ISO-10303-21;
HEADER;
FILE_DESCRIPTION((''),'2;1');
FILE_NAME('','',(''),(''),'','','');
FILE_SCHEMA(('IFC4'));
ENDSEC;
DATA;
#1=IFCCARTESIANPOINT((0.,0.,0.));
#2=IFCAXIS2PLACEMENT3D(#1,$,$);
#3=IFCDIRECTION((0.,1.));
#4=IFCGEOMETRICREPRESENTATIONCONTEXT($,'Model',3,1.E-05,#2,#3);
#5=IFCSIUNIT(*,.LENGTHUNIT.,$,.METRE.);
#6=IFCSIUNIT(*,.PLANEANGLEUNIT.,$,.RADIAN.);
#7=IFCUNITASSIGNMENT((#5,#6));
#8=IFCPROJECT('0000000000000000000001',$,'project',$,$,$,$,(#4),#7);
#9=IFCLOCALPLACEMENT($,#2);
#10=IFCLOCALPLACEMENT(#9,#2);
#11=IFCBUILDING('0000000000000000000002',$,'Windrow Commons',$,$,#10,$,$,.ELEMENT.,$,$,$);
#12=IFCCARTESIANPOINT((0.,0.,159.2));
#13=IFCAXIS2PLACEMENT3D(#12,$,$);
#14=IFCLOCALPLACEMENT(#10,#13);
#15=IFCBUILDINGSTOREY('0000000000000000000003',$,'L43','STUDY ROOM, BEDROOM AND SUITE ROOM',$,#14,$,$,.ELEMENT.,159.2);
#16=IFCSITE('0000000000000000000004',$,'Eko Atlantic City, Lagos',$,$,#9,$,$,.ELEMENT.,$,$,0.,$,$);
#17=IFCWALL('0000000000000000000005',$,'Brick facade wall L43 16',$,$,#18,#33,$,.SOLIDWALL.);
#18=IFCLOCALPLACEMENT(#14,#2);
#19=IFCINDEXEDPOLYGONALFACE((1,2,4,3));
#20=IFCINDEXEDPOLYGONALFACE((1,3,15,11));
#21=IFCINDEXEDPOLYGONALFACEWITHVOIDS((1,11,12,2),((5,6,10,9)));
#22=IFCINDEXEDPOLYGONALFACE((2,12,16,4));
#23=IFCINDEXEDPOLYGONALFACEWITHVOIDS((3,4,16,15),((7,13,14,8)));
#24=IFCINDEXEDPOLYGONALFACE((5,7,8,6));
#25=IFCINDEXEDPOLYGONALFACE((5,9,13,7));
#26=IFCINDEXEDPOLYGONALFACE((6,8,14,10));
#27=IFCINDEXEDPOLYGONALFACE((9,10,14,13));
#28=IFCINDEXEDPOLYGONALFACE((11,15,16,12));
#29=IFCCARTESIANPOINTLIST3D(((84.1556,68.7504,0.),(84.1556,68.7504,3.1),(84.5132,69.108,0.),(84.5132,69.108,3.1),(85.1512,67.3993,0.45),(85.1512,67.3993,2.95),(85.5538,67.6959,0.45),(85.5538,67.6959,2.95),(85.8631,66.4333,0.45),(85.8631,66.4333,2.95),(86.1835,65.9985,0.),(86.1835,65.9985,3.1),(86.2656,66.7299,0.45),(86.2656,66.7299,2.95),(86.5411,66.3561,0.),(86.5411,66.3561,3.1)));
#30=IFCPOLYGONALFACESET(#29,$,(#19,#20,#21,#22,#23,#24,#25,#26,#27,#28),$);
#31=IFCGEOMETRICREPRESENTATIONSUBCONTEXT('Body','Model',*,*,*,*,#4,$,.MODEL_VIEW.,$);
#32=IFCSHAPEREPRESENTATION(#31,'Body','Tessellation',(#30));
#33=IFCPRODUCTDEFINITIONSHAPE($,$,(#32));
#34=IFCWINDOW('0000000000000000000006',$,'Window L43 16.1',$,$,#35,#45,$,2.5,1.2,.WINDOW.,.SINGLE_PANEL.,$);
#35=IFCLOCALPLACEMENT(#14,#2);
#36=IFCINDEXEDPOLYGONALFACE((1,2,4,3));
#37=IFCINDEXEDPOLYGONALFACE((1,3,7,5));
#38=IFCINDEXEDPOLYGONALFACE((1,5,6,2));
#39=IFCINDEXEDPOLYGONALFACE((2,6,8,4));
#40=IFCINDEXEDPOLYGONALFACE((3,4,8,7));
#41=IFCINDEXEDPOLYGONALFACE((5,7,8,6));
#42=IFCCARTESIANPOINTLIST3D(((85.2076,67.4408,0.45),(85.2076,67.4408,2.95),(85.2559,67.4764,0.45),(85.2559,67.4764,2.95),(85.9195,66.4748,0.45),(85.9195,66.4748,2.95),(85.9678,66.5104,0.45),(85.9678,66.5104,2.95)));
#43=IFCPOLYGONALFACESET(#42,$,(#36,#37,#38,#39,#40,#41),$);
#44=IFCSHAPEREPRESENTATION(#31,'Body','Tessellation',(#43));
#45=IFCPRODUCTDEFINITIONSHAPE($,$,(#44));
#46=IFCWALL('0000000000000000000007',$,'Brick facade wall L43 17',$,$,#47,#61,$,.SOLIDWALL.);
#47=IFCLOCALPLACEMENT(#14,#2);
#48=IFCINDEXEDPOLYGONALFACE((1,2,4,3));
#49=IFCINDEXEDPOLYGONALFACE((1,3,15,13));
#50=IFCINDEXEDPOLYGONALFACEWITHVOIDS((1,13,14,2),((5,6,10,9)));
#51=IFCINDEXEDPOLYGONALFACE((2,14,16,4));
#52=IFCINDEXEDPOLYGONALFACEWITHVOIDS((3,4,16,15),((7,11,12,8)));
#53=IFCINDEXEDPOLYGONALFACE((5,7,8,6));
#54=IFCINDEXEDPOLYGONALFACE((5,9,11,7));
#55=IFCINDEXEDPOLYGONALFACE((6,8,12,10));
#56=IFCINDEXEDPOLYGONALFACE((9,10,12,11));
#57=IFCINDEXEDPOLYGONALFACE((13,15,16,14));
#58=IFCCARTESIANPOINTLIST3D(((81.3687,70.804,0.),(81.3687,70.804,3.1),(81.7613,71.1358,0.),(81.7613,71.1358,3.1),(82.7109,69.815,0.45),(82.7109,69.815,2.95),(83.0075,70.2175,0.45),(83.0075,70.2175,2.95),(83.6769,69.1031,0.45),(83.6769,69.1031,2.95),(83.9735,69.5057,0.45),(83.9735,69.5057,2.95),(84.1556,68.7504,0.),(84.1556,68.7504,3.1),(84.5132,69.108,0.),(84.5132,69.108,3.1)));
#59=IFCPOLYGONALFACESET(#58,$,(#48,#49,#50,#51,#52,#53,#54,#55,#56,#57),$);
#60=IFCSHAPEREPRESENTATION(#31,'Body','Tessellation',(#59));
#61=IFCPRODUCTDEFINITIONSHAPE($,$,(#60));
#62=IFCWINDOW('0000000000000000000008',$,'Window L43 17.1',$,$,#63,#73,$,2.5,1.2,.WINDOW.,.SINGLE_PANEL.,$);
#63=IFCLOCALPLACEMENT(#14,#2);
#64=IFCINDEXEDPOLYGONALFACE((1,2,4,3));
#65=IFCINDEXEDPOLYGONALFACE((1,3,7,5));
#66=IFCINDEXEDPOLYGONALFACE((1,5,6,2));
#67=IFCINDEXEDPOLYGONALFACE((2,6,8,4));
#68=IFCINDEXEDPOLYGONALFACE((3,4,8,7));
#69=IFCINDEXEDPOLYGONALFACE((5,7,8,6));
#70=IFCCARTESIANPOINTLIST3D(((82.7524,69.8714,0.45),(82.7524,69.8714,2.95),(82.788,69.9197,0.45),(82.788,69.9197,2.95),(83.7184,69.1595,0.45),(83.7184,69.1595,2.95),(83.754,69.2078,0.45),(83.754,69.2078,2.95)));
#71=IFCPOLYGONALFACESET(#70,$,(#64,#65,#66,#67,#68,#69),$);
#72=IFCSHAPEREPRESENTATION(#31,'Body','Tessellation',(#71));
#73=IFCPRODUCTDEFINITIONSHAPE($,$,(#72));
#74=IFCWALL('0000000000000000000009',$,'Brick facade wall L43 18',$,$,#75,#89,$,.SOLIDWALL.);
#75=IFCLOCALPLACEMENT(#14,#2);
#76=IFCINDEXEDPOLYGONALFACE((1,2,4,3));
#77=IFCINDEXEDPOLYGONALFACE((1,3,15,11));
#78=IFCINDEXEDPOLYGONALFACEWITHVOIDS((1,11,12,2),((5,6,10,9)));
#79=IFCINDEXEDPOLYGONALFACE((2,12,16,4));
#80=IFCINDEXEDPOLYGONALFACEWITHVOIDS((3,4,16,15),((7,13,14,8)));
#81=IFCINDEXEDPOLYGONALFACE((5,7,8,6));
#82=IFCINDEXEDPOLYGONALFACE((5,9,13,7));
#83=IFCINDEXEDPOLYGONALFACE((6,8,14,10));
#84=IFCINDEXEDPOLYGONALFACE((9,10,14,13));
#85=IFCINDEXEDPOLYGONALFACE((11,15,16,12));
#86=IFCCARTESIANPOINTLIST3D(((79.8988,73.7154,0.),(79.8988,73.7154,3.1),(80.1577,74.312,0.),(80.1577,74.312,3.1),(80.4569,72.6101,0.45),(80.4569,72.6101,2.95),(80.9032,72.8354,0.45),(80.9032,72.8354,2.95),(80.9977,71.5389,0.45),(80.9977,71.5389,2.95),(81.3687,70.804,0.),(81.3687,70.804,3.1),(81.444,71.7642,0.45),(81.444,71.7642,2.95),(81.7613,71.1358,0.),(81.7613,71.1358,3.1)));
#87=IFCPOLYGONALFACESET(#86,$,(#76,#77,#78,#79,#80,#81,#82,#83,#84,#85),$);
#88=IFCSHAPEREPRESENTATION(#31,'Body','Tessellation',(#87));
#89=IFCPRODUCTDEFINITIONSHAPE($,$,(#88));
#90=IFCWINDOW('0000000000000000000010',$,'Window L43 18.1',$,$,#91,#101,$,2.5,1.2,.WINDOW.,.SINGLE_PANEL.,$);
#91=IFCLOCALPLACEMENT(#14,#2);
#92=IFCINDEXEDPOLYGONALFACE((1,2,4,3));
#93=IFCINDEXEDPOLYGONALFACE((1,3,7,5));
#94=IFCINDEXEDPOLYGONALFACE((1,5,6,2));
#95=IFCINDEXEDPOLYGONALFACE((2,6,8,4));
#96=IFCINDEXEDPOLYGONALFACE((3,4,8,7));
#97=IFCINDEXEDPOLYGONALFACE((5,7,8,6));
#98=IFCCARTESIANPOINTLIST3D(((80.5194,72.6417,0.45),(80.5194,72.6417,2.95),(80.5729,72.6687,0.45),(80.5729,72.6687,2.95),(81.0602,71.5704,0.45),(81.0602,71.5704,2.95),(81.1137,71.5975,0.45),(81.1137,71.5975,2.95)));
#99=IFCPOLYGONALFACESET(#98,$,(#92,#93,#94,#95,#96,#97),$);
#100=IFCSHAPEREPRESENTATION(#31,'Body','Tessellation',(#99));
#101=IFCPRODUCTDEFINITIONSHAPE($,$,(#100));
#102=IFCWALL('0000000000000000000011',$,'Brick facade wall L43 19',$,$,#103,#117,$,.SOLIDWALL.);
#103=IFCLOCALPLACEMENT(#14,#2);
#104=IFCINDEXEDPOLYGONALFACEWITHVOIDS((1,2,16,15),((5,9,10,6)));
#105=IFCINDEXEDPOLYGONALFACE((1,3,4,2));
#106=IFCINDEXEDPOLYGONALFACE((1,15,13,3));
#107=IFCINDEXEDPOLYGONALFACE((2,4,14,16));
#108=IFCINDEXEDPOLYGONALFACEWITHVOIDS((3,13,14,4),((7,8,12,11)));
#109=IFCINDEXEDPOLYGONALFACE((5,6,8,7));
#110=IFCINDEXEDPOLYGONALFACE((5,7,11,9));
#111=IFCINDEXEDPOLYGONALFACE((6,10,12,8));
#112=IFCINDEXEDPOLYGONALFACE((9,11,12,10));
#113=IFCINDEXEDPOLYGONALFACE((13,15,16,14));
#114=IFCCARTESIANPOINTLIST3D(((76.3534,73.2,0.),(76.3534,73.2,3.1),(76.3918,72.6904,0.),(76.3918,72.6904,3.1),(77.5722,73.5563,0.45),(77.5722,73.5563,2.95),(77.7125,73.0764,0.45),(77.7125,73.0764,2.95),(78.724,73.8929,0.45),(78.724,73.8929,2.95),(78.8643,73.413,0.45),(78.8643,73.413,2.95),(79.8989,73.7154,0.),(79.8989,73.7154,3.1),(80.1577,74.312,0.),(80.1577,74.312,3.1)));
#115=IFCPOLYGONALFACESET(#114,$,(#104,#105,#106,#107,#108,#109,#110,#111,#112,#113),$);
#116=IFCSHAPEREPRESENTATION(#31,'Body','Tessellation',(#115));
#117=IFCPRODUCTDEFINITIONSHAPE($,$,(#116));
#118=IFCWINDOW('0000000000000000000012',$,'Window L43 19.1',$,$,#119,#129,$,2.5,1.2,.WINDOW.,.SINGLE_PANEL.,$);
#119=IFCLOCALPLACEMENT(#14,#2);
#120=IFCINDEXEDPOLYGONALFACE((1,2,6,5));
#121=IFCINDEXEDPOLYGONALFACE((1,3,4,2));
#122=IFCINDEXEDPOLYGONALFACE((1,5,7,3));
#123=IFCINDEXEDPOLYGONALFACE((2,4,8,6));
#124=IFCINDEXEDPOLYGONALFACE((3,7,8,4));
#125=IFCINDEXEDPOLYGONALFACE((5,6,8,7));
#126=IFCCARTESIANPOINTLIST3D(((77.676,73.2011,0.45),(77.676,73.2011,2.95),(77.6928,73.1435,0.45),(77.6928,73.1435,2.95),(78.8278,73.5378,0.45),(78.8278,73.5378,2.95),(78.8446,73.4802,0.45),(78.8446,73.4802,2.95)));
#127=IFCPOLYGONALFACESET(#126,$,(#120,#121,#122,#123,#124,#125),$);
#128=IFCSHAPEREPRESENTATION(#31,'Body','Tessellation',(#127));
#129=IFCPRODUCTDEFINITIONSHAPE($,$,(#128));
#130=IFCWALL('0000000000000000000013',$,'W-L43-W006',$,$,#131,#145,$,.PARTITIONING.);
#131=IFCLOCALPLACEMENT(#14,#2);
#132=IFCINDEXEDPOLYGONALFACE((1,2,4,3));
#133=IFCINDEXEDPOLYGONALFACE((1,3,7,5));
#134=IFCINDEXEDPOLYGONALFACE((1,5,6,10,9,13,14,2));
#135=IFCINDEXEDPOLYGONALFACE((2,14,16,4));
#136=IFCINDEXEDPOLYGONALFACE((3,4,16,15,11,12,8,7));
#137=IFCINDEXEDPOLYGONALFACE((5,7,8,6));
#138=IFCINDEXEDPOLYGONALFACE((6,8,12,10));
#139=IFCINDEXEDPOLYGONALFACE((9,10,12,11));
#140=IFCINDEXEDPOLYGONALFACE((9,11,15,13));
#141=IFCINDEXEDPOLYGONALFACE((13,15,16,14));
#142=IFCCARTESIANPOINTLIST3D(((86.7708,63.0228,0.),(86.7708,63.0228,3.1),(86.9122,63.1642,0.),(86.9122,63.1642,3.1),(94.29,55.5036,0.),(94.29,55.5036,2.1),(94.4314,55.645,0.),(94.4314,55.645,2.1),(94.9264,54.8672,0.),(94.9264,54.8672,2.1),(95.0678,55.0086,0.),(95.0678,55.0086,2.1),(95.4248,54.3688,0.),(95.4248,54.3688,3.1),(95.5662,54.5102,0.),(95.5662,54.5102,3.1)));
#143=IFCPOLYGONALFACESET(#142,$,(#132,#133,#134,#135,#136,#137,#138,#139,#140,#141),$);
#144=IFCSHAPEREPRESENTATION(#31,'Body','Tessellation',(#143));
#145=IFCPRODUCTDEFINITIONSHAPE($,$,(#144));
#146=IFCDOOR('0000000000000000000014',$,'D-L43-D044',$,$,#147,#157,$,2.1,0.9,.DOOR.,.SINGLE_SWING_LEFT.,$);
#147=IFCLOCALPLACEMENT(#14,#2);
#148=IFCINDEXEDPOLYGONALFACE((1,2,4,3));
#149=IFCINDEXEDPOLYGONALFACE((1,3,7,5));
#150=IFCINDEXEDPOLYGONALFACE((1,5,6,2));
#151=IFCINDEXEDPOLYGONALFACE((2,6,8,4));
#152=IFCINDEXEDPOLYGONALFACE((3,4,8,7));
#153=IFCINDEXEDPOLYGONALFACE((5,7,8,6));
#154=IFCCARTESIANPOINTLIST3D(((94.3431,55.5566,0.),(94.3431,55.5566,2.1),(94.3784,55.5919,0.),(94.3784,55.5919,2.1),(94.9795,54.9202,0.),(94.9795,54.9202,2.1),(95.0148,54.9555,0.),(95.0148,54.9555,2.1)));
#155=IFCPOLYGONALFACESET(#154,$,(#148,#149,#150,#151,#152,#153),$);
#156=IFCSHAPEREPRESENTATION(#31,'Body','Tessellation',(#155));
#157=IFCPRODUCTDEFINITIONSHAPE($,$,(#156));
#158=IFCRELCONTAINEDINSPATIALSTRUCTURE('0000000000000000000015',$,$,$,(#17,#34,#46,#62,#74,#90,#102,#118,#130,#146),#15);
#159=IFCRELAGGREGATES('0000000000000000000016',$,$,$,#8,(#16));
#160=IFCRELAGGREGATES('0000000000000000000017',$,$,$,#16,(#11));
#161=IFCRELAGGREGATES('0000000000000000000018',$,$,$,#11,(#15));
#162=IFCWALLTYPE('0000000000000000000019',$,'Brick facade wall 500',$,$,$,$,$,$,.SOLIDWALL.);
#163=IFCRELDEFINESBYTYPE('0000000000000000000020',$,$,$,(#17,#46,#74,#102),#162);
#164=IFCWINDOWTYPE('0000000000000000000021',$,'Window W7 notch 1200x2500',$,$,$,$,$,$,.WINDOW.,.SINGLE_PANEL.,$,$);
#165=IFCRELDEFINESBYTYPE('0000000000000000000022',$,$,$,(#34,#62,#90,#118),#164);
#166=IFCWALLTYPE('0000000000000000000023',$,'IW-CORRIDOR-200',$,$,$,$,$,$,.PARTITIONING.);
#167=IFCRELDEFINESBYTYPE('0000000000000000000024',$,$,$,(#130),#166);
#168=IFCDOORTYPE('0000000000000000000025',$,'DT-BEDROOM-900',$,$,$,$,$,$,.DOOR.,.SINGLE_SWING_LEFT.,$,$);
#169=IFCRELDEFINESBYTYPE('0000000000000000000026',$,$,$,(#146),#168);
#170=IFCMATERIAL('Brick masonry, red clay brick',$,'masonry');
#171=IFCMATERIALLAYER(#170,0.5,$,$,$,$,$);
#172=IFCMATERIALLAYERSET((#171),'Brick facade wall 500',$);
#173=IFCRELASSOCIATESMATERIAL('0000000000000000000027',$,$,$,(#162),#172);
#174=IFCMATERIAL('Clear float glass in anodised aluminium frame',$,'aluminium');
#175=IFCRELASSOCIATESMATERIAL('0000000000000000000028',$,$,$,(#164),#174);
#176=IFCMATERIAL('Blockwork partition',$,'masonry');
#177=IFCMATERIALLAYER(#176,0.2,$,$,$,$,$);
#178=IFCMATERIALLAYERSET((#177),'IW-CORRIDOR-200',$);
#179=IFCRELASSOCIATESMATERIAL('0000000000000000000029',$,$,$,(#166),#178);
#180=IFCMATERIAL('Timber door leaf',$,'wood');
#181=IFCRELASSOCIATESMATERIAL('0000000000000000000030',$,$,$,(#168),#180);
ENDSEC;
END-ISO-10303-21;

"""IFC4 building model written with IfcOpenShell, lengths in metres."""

from ifc_helpers import new_model, si_unit, direction, frame, frame_2d, origin, place, context, subcontext, project, spatial, polyline, rectangle, outline, extrude, material, layer, layer_set, type_object, element, fill, save


model = new_model("IFC4")

# Units and contexts
model_context = context("Model", 3, precision=1e-05, world=origin(), true_north=direction((0.0, 1.0)))
body_context = subcontext(model_context, "Body", "Model", "MODEL_VIEW")
ifc_project = project(units=[si_unit("LENGTHUNIT", "METRE"), si_unit("PLANEANGLEUNIT", "RADIAN")], contexts=[model_context])

# Site, building, storey
site_placement = place(None, origin())
site = spatial("IfcSite", under=ifc_project, at=site_placement, Name="Eko Atlantic City, Lagos", CompositionType="ELEMENT", RefElevation=0.0)
building_placement = place(site_placement, origin())
building = spatial("IfcBuilding", under=site, at=building_placement, Name="Windrow Commons", CompositionType="ELEMENT")
storey_placement = place(building_placement, frame((0.0, 0.0, 159.2)))
storey = spatial("IfcBuildingStorey", under=building, at=storey_placement, Name="L43", Description="STUDY ROOM, BEDROOM AND SUITE ROOM", CompositionType="ELEMENT", Elevation=159.2)

# Shared definitions
ifc_material_1 = material(Name="Brick masonry, red clay brick", Category="masonry")
ifc_layer_1 = layer(ifc_material_1, 0.5)
ifc_layer_set_1 = layer_set([ifc_layer_1], Name="Brick facade wall 500")
wall_type_1 = type_object("IfcWallType", Name="Brick facade wall 500", PredefinedType="SOLIDWALL", material=ifc_layer_set_1)
ifc_material_2 = material(Name="Clear float glass in anodised aluminium frame", Category="aluminium")
window_type = type_object("IfcWindowType", Name="Window W7 notch 1200x2500", PartitioningType="SINGLE_PANEL", PredefinedType="WINDOW", material=ifc_material_2)

# Walls, openings, windows
wall_1_placement = place(storey_placement, frame((86.3623, 66.1773, 0.0), z_axis=(0.0, 0.0, 1.0), x_axis=(-0.593234, 0.80503, 0.0)))
wall_1 = element("IfcWall", 1, at=wall_1_placement, inside=storey, type_object=wall_type_1, Name="Brick facade wall L43 16", PredefinedType="SOLIDWALL", context=body_context, shape_type="SweptSolid", body=[
    extrude(outline(polyline([(0.0379, -0.25), (3.4562, -0.25), (3.3805, 0.25), (-0.0379, 0.25), (0.0379, -0.25)])), origin(), (0.0, 0.0, 1.0), 3.1),
])
opening_1_placement = place(wall_1_placement, frame((0.5022, 0.0, 0.45)))
opening_1 = element("IfcOpeningElement", 2, at=opening_1_placement, cuts=wall_1, PredefinedType="OPENING", context=body_context, shape_type="SweptSolid", body=[
    extrude(rectangle(XDim=1.2, YDim=2.5, at=frame_2d((0.6, 1.25))), frame((0.0, 0.26, 0.0), z_axis=(0.0, -1.0, 0.0), x_axis=(1.0, 0.0, 0.0)), (0.0, 0.0, 1.0), 0.52),
])
window_1_placement = place(opening_1_placement, origin())
window_1 = element("IfcWindow", 3, at=window_1_placement, inside=storey, type_object=window_type, Name="Window L43 16.1", OverallHeight=2.5, OverallWidth=1.2, PartitioningType="SINGLE_PANEL", PredefinedType="WINDOW", context=body_context, shape_type="SweptSolid", body=[
    extrude(rectangle(XDim=1.2, YDim=2.5, at=frame_2d((0.6, 1.25))), frame((0.0, 0.18, 0.0), z_axis=(0.0, -1.0, 0.0), x_axis=(1.0, 0.0, 0.0)), (0.0, 0.0, 1.0), 0.06),
])
fill(opening_1, window_1)
wall_2_placement = place(storey_placement, frame((84.3344, 68.9292, 0.0), z_axis=(0.0, 0.0, 1.0), x_axis=(-0.805043, 0.593216, 0.0)))
wall_2 = element("IfcWall", 4, at=wall_2_placement, inside=storey, type_object=wall_type_1, Name="Brick facade wall L43 17", PredefinedType="SOLIDWALL", context=body_context, shape_type="SweptSolid", body=[
    extrude(outline(polyline([(-0.0379, -0.25), (3.3805, -0.25), (3.4997, 0.25), (0.0379, 0.25), (-0.0379, -0.25)])), origin(), (0.0, 0.0, 1.0), 3.1),
])
opening_2_placement = place(wall_2_placement, frame((0.6325, 0.0, 0.45)))
opening_2 = element("IfcOpeningElement", 5, at=opening_2_placement, cuts=wall_2, PredefinedType="OPENING", context=body_context, shape_type="SweptSolid", body=[
    extrude(rectangle(XDim=1.2, YDim=2.5, at=frame_2d((0.6, 1.25))), frame((0.0, 0.26, 0.0), z_axis=(0.0, -1.0, 0.0), x_axis=(1.0, 0.0, 0.0)), (0.0, 0.0, 1.0), 0.52),
])
window_2_placement = place(opening_2_placement, origin())
window_2 = element("IfcWindow", 6, at=window_2_placement, inside=storey, type_object=window_type, Name="Window L43 17.1", OverallHeight=2.5, OverallWidth=1.2, PartitioningType="SINGLE_PANEL", PredefinedType="WINDOW", context=body_context, shape_type="SweptSolid", body=[
    extrude(rectangle(XDim=1.2, YDim=2.5, at=frame_2d((0.6, 1.25))), frame((0.0, 0.18, 0.0), z_axis=(0.0, -1.0, 0.0), x_axis=(1.0, 0.0, 0.0)), (0.0, 0.0, 1.0), 0.06),
])
fill(opening_2, window_2)
wall_3_placement = place(storey_placement, frame((81.565, 70.9699, 0.0), z_axis=(0.0, 0.0, 1.0), x_axis=(-0.450683, 0.892684, 0.0)))
wall_3 = element("IfcWall", 7, at=wall_3_placement, inside=storey, type_object=wall_type_1, Name="Brick facade wall L43 18", PredefinedType="SOLIDWALL", context=body_context, shape_type="SweptSolid", body=[
    extrude(outline(polyline([(0.0596, -0.25), (3.6177, -0.25), (3.2018, 0.25), (-0.0596, 0.25), (0.0596, -0.25)])), origin(), (0.0, 0.0, 1.0), 3.1),
])
opening_3_placement = place(wall_3_placement, frame((0.7636, 0.0, 0.45)))
opening_3 = element("IfcOpeningElement", 8, at=opening_3_placement, cuts=wall_3, PredefinedType="OPENING", context=body_context, shape_type="SweptSolid", body=[
    extrude(rectangle(XDim=1.2, YDim=2.5, at=frame_2d((0.6, 1.25))), frame((0.0, 0.26, 0.0), z_axis=(0.0, -1.0, 0.0), x_axis=(1.0, 0.0, 0.0)), (0.0, 0.0, 1.0), 0.52),
])
window_3_placement = place(opening_3_placement, origin())
window_3 = element("IfcWindow", 9, at=window_3_placement, inside=storey, type_object=window_type, Name="Window L43 18.1", OverallHeight=2.5, OverallWidth=1.2, PartitioningType="SINGLE_PANEL", PredefinedType="WINDOW", context=body_context, shape_type="SweptSolid", body=[
    extrude(rectangle(XDim=1.2, YDim=2.5, at=frame_2d((0.6, 1.25))), frame((0.0, 0.18, 0.0), z_axis=(0.0, -1.0, 0.0), x_axis=(1.0, 0.0, 0.0)), (0.0, 0.0, 1.0), 0.06),
])
fill(opening_3, window_3)
wall_4_placement = place(storey_placement, frame((80.0283, 74.0137, 0.0), z_axis=(0.0, 0.0, 1.0), x_axis=(-0.959841, -0.280545, 0.0)))
wall_4 = element("IfcWall", 10, at=wall_4_placement, inside=storey, type_object=wall_type_1, Name="Brick facade wall L43 19", PredefinedType="SOLIDWALL", context=body_context, shape_type="SweptSolid", body=[
    extrude(outline(polyline([(-0.2079, -0.25), (3.7556, -0.25), (3.8617, 0.25), (0.2079, 0.25), (-0.2079, -0.25)])), origin(), (0.0, 0.0, 1.0), 3.1),
])
opening_4_placement = place(wall_4_placement, frame((1.2858, 0.0, 0.45)))
opening_4 = element("IfcOpeningElement", 11, at=opening_4_placement, cuts=wall_4, PredefinedType="OPENING", context=body_context, shape_type="SweptSolid", body=[
    extrude(rectangle(XDim=1.2, YDim=2.5, at=frame_2d((0.6, 1.25))), frame((0.0, 0.26, 0.0), z_axis=(0.0, -1.0, 0.0), x_axis=(1.0, 0.0, 0.0)), (0.0, 0.0, 1.0), 0.52),
])
window_4_placement = place(opening_4_placement, origin())
window_4 = element("IfcWindow", 12, at=window_4_placement, inside=storey, type_object=window_type, Name="Window L43 19.1", OverallHeight=2.5, OverallWidth=1.2, PartitioningType="SINGLE_PANEL", PredefinedType="WINDOW", context=body_context, shape_type="SweptSolid", body=[
    extrude(rectangle(XDim=1.2, YDim=2.5, at=frame_2d((0.6, 1.25))), frame((0.0, 0.18, 0.0), z_axis=(0.0, -1.0, 0.0), x_axis=(1.0, 0.0, 0.0)), (0.0, 0.0, 1.0), 0.06),
])
fill(opening_4, window_4)

# Wall, opening, door
ifc_material_3 = material(Name="Blockwork partition", Category="masonry")
ifc_layer_2 = layer(ifc_material_3, 0.2)
ifc_layer_set_2 = layer_set([ifc_layer_2], Name="IW-CORRIDOR-200")
wall_type_2 = type_object("IfcWallType", Name="IW-CORRIDOR-200", PredefinedType="PARTITIONING", material=ifc_layer_set_2)
wall_5_placement = place(storey_placement, frame((86.8415, 63.0935, 0.0), z_axis=(0.0, 0.0, 1.0), x_axis=(0.707107, -0.707107, 0.0)))
wall_5 = element("IfcWall", 13, at=wall_5_placement, inside=storey, type_object=wall_type_2, Name="W-L43-W006", PredefinedType="PARTITIONING", context=body_context, shape_type="SweptSolid", body=[
    extrude(rectangle(XDim=12.2386, YDim=0.2, at=frame_2d((6.1193, 0.0))), origin(), (0.0, 0.0, 1.0), 3.1),
])
opening_5_placement = place(wall_5_placement, frame((10.6338, 0.0, 0.0)))
opening_5 = element("IfcOpeningElement", 14, at=opening_5_placement, cuts=wall_5, PredefinedType="OPENING", context=body_context, shape_type="SweptSolid", body=[
    extrude(rectangle(XDim=0.9, YDim=2.1, at=frame_2d((0.45, 1.05))), frame((0.0, 0.11, 0.0), z_axis=(0.0, -1.0, 0.0), x_axis=(1.0, 0.0, 0.0)), (0.0, 0.0, 1.0), 0.22),
])
ifc_material_4 = material(Name="Timber door leaf", Category="wood")
door_type_1 = type_object("IfcDoorType", Name="DT-BEDROOM-900", OperationType="SINGLE_SWING_LEFT", PredefinedType="DOOR", material=ifc_material_4)
door_1_placement = place(opening_5_placement, origin())
door_1 = element("IfcDoor", 15, at=door_1_placement, inside=storey, type_object=door_type_1, Name="D-L43-D044", OperationType="SINGLE_SWING_LEFT", OverallHeight=2.1, OverallWidth=0.9, PredefinedType="DOOR", context=body_context, shape_type="SweptSolid", body=[
    extrude(rectangle(XDim=0.9, YDim=2.1, at=frame_2d((0.45, 1.05))), frame((0.0, 0.025, 0.0), z_axis=(0.0, -1.0, 0.0), x_axis=(1.0, 0.0, 0.0)), (0.0, 0.0, 1.0), 0.05),
])
fill(opening_5, door_1)

save(model, "model.ifc")
